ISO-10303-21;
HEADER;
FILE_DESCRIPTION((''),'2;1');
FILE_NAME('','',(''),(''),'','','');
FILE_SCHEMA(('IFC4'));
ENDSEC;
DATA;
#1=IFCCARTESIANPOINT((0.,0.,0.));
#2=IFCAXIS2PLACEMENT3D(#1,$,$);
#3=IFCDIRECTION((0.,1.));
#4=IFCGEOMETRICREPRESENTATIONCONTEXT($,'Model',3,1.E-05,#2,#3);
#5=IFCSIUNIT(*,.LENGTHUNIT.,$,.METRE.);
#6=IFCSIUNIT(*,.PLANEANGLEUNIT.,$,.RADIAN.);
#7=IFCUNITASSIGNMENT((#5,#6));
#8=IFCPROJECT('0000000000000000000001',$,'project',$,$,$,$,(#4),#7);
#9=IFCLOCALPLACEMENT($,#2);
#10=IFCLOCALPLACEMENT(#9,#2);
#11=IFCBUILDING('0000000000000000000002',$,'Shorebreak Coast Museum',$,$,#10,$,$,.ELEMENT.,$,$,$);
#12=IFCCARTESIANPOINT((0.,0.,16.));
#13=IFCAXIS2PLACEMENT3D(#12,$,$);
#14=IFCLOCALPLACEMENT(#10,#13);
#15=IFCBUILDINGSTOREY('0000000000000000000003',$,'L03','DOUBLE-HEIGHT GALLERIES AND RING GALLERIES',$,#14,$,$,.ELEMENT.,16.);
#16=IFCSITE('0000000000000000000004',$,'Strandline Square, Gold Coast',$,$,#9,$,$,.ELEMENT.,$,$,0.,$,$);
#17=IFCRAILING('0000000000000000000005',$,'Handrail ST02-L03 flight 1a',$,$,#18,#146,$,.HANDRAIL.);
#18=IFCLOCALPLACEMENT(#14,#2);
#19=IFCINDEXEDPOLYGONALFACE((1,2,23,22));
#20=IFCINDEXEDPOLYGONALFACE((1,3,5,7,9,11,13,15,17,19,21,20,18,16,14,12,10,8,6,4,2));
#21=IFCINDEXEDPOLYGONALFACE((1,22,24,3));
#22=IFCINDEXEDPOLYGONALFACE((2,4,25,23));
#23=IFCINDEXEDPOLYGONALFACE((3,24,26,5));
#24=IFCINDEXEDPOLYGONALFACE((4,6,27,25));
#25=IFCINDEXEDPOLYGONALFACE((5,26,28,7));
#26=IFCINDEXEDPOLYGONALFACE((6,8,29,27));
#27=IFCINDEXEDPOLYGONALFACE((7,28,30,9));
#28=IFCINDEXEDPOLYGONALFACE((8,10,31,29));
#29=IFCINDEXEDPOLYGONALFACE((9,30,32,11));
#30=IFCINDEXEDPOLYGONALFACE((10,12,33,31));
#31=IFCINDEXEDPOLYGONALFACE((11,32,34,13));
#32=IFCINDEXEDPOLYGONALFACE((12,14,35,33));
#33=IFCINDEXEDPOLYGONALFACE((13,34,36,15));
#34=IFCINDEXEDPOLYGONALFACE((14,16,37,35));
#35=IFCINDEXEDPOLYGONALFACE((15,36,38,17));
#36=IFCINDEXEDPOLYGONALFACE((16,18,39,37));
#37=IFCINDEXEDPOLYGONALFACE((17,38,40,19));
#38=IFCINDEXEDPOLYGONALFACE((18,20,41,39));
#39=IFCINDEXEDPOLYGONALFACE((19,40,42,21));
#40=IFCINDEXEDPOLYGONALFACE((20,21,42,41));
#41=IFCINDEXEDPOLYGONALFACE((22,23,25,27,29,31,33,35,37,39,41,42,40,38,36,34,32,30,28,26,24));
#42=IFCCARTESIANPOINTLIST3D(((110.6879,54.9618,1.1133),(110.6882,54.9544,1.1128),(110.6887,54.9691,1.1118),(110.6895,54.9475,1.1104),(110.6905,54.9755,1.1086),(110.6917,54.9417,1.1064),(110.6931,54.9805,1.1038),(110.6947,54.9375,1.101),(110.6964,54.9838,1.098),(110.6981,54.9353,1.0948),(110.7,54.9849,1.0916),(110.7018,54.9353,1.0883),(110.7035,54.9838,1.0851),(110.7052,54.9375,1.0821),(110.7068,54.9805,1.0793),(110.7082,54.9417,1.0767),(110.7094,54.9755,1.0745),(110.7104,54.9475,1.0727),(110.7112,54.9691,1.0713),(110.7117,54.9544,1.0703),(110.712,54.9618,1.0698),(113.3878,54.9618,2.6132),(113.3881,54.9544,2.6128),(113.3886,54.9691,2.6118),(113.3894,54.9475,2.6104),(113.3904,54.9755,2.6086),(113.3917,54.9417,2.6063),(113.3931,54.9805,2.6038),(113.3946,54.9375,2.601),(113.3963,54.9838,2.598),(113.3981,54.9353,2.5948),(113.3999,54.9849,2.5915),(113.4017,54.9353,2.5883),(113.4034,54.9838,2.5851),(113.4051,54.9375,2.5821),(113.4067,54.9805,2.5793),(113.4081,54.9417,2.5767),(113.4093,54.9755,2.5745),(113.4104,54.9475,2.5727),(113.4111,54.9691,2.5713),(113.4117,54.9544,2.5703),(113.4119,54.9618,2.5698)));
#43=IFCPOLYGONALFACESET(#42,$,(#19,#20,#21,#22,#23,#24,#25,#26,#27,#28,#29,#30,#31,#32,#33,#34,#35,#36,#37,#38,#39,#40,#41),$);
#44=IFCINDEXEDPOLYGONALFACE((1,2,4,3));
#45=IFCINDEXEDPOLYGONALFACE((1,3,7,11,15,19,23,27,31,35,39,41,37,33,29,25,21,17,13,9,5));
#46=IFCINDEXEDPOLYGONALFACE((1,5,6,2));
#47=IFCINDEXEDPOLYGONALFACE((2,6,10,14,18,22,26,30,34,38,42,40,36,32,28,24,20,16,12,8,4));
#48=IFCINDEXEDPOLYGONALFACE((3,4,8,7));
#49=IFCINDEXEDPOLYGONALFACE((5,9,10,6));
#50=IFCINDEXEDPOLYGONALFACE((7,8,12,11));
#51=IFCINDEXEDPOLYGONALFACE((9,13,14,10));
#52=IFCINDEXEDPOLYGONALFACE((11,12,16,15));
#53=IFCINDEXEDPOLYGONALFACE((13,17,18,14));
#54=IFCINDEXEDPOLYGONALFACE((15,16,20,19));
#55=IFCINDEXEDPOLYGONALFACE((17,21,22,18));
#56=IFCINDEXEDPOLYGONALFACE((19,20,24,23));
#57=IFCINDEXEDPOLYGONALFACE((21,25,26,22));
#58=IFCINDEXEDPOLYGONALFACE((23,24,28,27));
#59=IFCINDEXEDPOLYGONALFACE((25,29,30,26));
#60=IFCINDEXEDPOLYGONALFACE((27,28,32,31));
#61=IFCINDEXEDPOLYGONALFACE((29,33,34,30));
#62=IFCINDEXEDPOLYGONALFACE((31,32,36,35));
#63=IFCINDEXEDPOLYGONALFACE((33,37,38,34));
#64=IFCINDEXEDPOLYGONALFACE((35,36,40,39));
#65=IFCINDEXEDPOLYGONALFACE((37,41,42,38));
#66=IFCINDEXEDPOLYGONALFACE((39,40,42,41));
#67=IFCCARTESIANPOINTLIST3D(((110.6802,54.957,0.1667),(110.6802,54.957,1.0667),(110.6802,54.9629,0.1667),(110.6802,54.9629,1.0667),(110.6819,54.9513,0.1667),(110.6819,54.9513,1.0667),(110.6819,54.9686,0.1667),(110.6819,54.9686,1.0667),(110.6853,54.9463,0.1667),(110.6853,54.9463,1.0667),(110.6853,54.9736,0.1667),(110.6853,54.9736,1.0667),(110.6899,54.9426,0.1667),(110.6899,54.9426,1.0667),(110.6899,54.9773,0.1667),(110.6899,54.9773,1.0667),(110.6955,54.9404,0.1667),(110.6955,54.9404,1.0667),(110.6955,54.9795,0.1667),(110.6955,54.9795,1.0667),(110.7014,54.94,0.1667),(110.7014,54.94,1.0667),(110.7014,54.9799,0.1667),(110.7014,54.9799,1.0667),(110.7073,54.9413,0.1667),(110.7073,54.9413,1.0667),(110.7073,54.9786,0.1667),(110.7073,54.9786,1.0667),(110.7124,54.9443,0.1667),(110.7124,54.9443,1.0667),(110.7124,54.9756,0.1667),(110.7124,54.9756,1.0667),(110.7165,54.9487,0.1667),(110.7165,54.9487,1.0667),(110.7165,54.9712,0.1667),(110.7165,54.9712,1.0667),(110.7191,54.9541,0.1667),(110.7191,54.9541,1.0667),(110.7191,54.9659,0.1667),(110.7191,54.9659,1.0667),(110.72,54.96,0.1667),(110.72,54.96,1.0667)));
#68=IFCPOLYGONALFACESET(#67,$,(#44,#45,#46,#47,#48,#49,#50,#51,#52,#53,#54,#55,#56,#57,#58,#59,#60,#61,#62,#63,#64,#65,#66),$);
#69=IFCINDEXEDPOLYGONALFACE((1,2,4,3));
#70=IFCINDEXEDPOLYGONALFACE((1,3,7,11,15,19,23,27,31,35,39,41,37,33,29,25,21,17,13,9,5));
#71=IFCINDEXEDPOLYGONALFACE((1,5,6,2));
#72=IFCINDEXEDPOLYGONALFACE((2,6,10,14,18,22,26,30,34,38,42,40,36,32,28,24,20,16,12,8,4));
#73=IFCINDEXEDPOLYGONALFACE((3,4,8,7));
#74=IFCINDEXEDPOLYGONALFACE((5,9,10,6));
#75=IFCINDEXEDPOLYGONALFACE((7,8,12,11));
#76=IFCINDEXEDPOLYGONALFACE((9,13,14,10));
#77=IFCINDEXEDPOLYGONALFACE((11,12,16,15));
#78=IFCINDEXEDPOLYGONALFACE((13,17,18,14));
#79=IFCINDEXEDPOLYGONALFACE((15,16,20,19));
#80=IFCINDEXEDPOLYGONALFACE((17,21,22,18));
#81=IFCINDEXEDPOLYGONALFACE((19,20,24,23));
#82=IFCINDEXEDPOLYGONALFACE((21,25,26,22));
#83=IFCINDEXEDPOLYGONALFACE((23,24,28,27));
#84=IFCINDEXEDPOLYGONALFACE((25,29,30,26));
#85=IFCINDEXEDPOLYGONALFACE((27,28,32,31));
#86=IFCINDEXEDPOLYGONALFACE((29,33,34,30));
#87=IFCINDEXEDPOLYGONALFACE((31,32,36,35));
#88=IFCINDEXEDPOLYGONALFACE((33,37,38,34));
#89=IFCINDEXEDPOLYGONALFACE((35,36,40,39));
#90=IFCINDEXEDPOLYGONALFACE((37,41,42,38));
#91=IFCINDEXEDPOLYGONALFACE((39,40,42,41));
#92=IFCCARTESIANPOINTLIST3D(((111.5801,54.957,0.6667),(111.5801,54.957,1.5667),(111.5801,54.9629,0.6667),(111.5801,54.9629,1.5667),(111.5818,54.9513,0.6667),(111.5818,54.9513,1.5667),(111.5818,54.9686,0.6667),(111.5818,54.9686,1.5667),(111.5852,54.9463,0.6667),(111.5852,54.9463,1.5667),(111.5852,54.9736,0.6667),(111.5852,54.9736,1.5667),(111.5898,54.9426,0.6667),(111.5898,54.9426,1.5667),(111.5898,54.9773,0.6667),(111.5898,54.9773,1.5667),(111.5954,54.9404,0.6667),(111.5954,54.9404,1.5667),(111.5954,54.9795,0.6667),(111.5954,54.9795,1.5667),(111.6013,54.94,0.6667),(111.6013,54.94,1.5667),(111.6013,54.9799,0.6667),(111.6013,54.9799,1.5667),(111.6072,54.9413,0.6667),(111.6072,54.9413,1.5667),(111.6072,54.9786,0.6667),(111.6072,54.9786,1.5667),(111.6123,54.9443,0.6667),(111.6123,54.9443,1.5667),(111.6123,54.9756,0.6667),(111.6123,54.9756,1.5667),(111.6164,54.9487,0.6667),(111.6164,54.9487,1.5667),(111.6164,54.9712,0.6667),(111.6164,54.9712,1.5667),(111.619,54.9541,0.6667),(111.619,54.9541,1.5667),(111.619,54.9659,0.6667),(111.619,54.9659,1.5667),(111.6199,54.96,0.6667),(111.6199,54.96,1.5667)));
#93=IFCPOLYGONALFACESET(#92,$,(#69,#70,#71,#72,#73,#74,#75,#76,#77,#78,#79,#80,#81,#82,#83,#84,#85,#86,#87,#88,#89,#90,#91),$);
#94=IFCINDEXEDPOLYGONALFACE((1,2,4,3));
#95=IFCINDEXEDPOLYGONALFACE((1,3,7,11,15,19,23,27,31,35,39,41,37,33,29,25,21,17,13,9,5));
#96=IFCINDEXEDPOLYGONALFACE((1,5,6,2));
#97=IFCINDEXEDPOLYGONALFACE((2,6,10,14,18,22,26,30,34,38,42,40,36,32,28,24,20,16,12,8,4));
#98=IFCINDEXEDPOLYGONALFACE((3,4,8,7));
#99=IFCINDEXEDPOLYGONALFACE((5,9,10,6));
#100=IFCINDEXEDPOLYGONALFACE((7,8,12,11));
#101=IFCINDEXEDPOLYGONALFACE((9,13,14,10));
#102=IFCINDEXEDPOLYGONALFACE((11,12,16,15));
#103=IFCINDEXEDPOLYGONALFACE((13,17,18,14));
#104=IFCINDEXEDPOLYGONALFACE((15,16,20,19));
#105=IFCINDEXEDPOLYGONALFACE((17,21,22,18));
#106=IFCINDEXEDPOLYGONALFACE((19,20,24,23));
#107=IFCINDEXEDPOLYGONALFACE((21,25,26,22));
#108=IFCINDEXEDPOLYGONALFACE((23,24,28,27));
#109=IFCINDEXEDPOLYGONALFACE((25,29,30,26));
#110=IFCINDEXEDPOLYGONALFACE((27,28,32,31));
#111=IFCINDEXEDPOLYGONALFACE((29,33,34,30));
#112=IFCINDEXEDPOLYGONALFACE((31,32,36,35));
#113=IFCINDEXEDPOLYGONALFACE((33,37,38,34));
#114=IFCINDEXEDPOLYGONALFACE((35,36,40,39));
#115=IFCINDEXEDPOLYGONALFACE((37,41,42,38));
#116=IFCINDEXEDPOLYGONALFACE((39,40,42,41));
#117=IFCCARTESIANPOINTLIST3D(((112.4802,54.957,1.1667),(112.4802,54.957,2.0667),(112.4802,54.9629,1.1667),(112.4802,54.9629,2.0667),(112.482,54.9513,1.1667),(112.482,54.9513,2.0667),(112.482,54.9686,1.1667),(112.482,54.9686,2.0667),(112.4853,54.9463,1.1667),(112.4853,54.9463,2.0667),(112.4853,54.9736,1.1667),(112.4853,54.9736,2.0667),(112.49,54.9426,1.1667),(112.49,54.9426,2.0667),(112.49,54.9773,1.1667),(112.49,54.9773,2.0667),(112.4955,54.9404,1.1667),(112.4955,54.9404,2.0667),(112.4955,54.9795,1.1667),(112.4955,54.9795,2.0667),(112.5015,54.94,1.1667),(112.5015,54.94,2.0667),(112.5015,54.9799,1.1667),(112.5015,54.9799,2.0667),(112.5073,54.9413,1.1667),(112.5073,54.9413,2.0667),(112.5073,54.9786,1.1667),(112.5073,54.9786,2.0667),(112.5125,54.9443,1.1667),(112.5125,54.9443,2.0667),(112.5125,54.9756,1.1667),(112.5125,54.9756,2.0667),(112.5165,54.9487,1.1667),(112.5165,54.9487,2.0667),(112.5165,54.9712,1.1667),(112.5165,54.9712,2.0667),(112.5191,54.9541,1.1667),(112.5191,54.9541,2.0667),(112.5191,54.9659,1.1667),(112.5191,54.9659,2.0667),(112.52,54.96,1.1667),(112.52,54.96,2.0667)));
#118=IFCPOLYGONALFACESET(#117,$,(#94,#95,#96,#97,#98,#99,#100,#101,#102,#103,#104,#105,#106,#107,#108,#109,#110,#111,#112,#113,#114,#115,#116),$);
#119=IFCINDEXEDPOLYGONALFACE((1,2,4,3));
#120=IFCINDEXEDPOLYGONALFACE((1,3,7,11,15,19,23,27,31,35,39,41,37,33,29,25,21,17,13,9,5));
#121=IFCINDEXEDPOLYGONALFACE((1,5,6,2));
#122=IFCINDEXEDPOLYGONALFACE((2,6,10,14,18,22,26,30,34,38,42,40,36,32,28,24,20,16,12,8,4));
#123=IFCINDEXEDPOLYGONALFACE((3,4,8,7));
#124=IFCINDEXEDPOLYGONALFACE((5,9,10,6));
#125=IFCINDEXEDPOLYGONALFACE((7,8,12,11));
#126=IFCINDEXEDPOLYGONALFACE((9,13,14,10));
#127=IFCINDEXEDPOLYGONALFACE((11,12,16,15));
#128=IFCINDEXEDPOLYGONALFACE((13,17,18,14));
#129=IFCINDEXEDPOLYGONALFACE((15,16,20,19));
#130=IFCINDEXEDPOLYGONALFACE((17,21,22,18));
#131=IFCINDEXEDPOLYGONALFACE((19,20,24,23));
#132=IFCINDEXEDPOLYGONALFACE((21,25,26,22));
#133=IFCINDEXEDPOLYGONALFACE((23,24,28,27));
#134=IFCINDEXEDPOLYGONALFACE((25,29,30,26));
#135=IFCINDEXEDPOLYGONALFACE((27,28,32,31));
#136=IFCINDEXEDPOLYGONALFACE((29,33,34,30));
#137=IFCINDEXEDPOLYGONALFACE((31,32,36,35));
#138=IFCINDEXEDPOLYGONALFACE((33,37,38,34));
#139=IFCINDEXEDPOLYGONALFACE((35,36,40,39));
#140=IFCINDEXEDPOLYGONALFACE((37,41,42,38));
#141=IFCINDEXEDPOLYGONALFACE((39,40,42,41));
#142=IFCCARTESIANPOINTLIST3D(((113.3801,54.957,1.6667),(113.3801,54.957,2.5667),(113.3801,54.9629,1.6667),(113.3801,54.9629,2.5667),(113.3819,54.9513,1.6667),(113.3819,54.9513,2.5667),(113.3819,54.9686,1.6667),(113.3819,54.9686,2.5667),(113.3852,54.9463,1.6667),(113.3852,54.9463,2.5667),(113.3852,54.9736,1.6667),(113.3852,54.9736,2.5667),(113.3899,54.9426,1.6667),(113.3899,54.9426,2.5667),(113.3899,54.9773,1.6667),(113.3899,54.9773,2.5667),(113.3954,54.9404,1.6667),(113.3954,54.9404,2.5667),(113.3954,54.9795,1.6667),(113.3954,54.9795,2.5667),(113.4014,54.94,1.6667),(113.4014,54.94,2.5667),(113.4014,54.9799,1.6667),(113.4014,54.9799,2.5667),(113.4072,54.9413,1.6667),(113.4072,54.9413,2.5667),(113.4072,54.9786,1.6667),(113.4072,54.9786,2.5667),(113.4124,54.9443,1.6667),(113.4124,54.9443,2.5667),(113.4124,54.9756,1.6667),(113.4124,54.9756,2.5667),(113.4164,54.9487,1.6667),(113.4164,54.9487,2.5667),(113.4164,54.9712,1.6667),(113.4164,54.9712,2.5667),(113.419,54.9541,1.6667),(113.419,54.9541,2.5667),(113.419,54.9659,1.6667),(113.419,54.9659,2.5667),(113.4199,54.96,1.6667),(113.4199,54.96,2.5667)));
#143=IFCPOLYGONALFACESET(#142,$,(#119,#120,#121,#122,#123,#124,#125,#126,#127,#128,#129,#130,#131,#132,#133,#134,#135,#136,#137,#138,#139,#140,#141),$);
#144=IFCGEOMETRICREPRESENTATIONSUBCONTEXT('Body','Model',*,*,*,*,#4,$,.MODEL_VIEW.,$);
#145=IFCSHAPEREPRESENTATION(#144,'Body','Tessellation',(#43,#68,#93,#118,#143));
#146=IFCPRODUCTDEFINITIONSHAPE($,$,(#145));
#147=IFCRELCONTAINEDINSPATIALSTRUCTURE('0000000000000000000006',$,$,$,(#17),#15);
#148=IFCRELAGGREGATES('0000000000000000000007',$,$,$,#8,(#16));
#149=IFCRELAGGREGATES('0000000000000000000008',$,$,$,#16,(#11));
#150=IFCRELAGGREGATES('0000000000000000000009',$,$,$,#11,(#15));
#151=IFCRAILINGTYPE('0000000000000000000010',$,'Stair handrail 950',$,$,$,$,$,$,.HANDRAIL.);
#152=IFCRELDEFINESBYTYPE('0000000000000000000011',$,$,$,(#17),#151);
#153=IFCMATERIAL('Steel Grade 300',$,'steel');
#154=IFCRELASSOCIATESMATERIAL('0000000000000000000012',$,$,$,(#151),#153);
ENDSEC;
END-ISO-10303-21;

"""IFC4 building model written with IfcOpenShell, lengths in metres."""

from ifc_helpers import new_model, si_unit, direction, frame, origin, origin_2d, place, context, subcontext, project, spatial, circle, extrude, material, type_object, element, save


model = new_model("IFC4")

# Units and contexts
model_context = context("Model", 3, precision=1e-05, world=origin(), true_north=direction((0.0, 1.0)))
body_context = subcontext(model_context, "Body", "Model", "MODEL_VIEW")
ifc_project = project(units=[si_unit("LENGTHUNIT", "METRE"), si_unit("PLANEANGLEUNIT", "RADIAN")], contexts=[model_context])

# Site, building, storey
site_placement = place(None, origin())
site = spatial("IfcSite", under=ifc_project, at=site_placement, Name="Strandline Square, Gold Coast", CompositionType="ELEMENT", RefElevation=0.0)
building_placement = place(site_placement, origin())
building = spatial("IfcBuilding", under=site, at=building_placement, Name="Shorebreak Coast Museum", CompositionType="ELEMENT")
storey_placement = place(building_placement, frame((0.0, 0.0, 16.0)))
storey = spatial("IfcBuildingStorey", under=building, at=storey_placement, Name="L03", Description="DOUBLE-HEIGHT GALLERIES AND RING GALLERIES", CompositionType="ELEMENT", Elevation=16.0)

# Railing
ifc_material_1 = material(Name="Steel Grade 300", Category="steel")
railing_type_1 = type_object("IfcRailingType", Name="Stair handrail 950", PredefinedType="HANDRAIL", material=ifc_material_1)
for number, where, name in (
    (1, (110.7, 54.96, 0.1667), "Handrail ST02-L03 flight 1a"),
):
    element("IfcRailing", number, at=place(storey_placement, frame(where)), inside=storey, type_object=railing_type_1, Name=name, PredefinedType="HANDRAIL", context=body_context, shape_type="SweptSolid", body=[
        extrude(circle(Radius=0.0249, at=origin_2d()), frame((0.0, 0.0, 0.9248), z_axis=(0.874154, 0.0, 0.48565), x_axis=(0.0, 1.0, 0.0)), (0.0, 0.0, 1.0), 3.0886),
        extrude(circle(Radius=0.02, at=origin_2d()), origin(), (0.0, 0.0, 1.0), 0.8999),
        extrude(circle(Radius=0.02, at=origin_2d()), frame((0.8999, 0.0, 0.5)), (0.0, 0.0, 1.0), 0.8999),
        extrude(circle(Radius=0.02, at=origin_2d()), frame((1.8, 0.0, 1.0)), (0.0, 0.0, 1.0), 0.8999),
        extrude(circle(Radius=0.02, at=origin_2d()), frame((2.7, 0.0, 1.5)), (0.0, 0.0, 1.0), 0.8999),
    ])

save(model, "model.ifc")
